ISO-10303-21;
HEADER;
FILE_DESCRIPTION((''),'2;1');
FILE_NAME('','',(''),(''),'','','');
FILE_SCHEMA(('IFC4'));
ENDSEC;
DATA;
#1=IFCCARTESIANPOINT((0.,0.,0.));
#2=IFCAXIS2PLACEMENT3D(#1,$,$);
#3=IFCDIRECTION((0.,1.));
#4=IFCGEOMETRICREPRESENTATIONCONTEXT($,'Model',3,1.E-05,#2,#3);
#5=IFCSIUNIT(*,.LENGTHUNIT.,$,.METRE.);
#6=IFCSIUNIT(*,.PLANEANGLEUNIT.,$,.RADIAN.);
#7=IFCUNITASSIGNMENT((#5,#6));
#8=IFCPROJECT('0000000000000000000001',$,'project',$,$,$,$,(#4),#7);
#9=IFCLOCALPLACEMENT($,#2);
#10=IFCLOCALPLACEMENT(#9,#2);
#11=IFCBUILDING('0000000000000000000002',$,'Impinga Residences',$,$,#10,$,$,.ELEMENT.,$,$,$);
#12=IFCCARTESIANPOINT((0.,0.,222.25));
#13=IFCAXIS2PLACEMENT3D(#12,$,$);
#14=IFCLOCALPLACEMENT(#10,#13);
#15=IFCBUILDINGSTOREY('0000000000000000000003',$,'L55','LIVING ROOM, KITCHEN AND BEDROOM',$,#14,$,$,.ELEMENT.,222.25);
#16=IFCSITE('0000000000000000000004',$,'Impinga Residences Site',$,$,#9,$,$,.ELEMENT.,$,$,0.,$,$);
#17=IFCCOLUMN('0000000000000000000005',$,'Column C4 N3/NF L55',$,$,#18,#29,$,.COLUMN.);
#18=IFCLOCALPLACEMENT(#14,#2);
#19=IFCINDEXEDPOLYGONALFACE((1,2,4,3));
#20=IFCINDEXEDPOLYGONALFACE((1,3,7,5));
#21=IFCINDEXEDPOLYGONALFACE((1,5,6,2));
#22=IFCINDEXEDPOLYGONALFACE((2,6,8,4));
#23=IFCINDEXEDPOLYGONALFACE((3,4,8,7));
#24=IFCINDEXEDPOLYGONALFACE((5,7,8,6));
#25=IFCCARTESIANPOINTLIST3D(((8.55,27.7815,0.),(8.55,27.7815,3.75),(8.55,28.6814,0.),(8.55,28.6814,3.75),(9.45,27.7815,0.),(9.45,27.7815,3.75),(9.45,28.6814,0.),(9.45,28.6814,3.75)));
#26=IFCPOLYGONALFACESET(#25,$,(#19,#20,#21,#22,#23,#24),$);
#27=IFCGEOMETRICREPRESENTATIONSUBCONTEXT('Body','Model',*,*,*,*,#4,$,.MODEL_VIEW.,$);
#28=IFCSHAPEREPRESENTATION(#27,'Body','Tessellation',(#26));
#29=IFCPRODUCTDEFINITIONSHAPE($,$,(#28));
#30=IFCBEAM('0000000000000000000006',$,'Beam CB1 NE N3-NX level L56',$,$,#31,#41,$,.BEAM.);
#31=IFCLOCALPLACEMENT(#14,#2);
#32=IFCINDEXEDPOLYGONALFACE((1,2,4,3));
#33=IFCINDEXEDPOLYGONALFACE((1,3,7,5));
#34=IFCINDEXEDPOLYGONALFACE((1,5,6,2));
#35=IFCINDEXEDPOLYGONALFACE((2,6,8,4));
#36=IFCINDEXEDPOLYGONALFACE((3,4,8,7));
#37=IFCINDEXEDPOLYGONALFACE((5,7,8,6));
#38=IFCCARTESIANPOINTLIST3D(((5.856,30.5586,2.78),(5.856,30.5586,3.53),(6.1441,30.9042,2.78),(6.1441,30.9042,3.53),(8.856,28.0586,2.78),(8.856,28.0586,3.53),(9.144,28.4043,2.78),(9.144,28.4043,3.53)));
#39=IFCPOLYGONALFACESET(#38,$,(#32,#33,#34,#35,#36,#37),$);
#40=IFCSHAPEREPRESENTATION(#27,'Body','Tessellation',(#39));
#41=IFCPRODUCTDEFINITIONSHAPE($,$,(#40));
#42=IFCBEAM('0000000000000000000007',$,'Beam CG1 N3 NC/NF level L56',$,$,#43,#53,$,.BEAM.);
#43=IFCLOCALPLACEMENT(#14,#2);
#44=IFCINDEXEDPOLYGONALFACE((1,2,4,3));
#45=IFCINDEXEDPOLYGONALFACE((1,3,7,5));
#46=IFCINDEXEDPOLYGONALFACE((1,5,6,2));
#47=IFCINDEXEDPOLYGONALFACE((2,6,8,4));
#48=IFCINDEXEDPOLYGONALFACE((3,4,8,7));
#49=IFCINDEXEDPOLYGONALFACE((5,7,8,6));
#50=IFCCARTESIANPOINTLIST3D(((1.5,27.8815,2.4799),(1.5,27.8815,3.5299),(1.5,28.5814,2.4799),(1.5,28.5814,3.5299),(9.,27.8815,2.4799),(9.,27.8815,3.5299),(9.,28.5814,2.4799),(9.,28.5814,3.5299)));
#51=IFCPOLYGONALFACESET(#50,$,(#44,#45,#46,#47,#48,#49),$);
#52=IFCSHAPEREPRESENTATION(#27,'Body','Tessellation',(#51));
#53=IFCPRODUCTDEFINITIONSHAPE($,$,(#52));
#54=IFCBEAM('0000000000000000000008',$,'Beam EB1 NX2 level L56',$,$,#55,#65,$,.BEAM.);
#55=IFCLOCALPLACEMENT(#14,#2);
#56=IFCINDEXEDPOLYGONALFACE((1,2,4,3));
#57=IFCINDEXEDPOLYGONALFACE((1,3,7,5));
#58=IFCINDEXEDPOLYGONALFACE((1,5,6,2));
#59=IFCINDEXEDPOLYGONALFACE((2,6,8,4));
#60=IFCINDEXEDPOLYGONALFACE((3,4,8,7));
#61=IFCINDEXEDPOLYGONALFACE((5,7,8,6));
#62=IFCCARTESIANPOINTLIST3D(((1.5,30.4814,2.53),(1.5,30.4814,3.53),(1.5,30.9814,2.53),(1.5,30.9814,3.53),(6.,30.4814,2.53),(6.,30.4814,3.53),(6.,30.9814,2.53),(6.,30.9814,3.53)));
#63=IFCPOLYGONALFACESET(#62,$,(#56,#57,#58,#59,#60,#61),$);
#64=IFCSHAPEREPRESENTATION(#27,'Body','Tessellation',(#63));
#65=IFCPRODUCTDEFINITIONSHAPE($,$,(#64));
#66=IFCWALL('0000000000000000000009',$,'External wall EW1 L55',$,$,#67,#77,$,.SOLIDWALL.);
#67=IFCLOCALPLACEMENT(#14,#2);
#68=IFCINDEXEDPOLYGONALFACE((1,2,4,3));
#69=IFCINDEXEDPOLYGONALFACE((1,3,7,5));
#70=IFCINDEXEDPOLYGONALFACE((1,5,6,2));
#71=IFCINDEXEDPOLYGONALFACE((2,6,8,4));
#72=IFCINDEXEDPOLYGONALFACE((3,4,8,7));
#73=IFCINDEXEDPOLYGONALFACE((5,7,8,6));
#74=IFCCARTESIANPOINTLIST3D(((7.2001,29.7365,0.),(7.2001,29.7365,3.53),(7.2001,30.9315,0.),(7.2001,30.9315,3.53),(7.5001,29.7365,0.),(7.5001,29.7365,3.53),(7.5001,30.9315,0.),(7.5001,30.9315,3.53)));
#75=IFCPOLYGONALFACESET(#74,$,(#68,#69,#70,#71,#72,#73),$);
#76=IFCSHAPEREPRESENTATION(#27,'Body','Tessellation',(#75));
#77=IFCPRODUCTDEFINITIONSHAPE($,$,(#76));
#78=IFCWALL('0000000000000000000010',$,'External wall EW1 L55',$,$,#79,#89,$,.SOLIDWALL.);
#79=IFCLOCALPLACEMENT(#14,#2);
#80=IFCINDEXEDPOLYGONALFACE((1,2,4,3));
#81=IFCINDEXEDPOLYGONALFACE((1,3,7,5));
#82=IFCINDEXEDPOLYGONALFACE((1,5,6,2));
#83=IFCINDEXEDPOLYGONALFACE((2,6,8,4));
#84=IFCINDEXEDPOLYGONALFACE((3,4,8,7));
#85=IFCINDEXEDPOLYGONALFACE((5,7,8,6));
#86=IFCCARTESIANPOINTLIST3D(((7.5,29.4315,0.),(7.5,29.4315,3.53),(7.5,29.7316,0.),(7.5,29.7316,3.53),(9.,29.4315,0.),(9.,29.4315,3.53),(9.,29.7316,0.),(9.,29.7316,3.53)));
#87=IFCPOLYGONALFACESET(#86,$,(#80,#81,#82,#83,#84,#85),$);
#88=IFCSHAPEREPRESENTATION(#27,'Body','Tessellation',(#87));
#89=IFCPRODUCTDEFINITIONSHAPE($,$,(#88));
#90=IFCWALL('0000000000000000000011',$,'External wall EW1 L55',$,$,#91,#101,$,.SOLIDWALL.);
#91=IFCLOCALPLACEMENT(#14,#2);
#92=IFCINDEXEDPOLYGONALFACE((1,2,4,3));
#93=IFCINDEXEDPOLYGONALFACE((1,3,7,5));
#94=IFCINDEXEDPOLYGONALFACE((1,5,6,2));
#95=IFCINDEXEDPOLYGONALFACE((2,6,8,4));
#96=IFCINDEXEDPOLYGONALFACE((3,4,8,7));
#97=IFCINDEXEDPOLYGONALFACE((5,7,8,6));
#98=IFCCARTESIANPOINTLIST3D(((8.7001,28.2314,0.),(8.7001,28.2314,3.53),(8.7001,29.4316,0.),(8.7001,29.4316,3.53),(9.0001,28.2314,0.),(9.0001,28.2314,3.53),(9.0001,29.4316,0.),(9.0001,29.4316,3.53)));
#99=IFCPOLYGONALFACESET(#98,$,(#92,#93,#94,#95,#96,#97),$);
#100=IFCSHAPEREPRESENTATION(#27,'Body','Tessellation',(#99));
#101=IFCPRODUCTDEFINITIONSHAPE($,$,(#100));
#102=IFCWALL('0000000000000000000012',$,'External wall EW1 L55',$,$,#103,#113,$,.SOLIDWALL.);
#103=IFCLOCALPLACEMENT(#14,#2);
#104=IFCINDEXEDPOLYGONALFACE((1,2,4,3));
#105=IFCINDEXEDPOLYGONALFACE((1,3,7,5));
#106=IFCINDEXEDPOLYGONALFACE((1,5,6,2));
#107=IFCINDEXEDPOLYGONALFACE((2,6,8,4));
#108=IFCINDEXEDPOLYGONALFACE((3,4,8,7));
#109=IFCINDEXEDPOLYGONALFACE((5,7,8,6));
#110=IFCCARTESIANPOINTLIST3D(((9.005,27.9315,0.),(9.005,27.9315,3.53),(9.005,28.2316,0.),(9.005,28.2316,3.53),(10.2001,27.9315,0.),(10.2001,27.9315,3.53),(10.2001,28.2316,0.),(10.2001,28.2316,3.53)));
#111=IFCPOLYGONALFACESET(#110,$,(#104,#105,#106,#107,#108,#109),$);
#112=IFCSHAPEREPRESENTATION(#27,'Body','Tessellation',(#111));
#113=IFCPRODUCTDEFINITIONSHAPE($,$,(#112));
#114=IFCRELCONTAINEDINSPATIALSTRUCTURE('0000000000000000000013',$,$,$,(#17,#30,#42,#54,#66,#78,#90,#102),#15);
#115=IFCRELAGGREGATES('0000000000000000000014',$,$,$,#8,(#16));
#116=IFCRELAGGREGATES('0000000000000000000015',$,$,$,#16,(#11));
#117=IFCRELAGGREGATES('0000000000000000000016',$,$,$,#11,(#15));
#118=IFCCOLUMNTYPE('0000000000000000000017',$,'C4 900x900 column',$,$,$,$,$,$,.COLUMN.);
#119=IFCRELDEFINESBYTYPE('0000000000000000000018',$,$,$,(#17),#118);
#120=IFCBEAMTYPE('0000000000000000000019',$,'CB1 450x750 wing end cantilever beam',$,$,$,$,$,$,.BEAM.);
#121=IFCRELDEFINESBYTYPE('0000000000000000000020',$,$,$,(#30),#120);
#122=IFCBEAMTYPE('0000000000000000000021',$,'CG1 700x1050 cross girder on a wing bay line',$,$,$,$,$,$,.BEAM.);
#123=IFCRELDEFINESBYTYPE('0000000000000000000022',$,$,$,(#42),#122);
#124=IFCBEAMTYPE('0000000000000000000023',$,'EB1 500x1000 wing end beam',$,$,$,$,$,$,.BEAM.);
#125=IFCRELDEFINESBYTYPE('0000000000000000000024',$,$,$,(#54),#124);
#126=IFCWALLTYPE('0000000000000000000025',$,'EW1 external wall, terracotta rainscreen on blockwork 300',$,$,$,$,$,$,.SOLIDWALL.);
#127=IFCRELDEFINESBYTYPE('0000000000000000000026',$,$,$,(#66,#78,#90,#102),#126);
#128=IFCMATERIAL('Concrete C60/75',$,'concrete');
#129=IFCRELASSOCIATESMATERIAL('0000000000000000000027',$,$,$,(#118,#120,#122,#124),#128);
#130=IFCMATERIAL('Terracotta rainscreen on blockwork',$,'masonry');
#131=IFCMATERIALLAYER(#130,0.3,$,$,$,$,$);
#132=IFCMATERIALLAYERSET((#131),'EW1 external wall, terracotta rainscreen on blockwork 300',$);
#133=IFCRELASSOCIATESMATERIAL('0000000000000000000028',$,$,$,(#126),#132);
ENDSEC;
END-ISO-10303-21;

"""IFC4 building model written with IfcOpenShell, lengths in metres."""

from ifc_helpers import new_model, si_unit, direction, frame, frame_2d, origin, origin_2d, place, context, subcontext, project, spatial, rectangle, extrude, material, layer, layer_set, material_profile, profile_set, type_object, element, save


model = new_model("IFC4")

# Units and contexts
model_context = context("Model", 3, precision=1e-05, world=origin(), true_north=direction((0.0, 1.0)))
body_context = subcontext(model_context, "Body", "Model", "MODEL_VIEW")
ifc_project = project(units=[si_unit("LENGTHUNIT", "METRE"), si_unit("PLANEANGLEUNIT", "RADIAN")], contexts=[model_context])

# Site, building, storey
site_placement = place(None, origin())
site = spatial("IfcSite", under=ifc_project, at=site_placement, Name="Impinga Residences Site", CompositionType="ELEMENT", RefElevation=0.0)
building_placement = place(site_placement, origin())
building = spatial("IfcBuilding", under=site, at=building_placement, Name="Impinga Residences", CompositionType="ELEMENT")
storey_placement = place(building_placement, frame((0.0, 0.0, 222.25)))
storey = spatial("IfcBuildingStorey", under=building, at=storey_placement, Name="L55", Description="LIVING ROOM, KITCHEN AND BEDROOM", CompositionType="ELEMENT", Elevation=222.25)

# Column
ifc_material_1 = material(Name="Concrete C60/75", Category="concrete")
ifc_material_profile_1 = material_profile(ifc_material_1, rectangle(XDim=0.8999, YDim=0.8999, at=origin_2d()), Name="RC 900x900")
ifc_profile_set_1 = profile_set([ifc_material_profile_1], Name="Concrete C60/75")
column_type = type_object("IfcColumnType", Name="C4 900x900 column", PredefinedType="COLUMN", material=ifc_profile_set_1)
column_placement = place(storey_placement, frame((9.0, 28.2314, 0.0), z_axis=(0.0, 0.0, 1.0), x_axis=(1.0, 0.0, 0.0)))
element("IfcColumn", 1, at=column_placement, inside=storey, type_object=column_type, Name="Column C4 N3/NF L55", PredefinedType="COLUMN", context=body_context, shape_type="SweptSolid", body=[
    extrude(rectangle(XDim=0.8999, YDim=0.8999, at=origin_2d()), origin(), (0.0, 0.0, 1.0), 3.75),
])

# Beams
ifc_material_profile_2 = material_profile(ifc_material_1, rectangle(XDim=0.45, YDim=0.75, at=origin_2d()), Name="RC 450x750")
ifc_profile_set_2 = profile_set([ifc_material_profile_2], Name="Concrete C60/75")
beam_type_1 = type_object("IfcBeamType", Name="CB1 450x750 wing end cantilever beam", PredefinedType="BEAM", material=ifc_profile_set_2)
beam_1_placement = place(storey_placement, frame((9.0, 28.2314, 3.155), z_axis=(-0.768221, 0.640184, 0.0), x_axis=(-0.640184, -0.768221, 0.0)))
element("IfcBeam", 2, at=beam_1_placement, inside=storey, type_object=beam_type_1, Name="Beam CB1 NE N3-NX level L56", PredefinedType="BEAM", context=body_context, shape_type="SweptSolid", body=[
    extrude(rectangle(XDim=0.45, YDim=0.75, at=origin_2d()), origin(), (0.0, 0.0, 1.0), 3.905),
])
ifc_material_profile_3 = material_profile(ifc_material_1, rectangle(XDim=0.7, YDim=1.05, at=origin_2d()), Name="RC 700x1050")
ifc_profile_set_3 = profile_set([ifc_material_profile_3], Name="Concrete C60/75")
beam_type_2 = type_object("IfcBeamType", Name="CG1 700x1050 cross girder on a wing bay line", PredefinedType="BEAM", material=ifc_profile_set_3)
beam_2_placement = place(storey_placement, frame((1.5, 28.2314, 3.0049), z_axis=(1.0, 0.0, 0.0), x_axis=(0.0, 1.0, 0.0)))
element("IfcBeam", 3, at=beam_2_placement, inside=storey, type_object=beam_type_2, Name="Beam CG1 N3 NC/NF level L56", PredefinedType="BEAM", context=body_context, shape_type="SweptSolid", body=[
    extrude(rectangle(XDim=0.7, YDim=1.05, at=origin_2d()), origin(), (0.0, 0.0, 1.0), 7.5),
])
ifc_material_profile_4 = material_profile(ifc_material_1, rectangle(XDim=0.5, YDim=1.0, at=origin_2d()), Name="RC 500x1000")
ifc_profile_set_4 = profile_set([ifc_material_profile_4], Name="Concrete C60/75")
beam_type_3 = type_object("IfcBeamType", Name="EB1 500x1000 wing end beam", PredefinedType="BEAM", material=ifc_profile_set_4)
beam_3_placement = place(storey_placement, frame((1.5, 30.7314, 3.03), z_axis=(1.0, 0.0, 0.0), x_axis=(0.0, 1.0, 0.0)))
element("IfcBeam", 4, at=beam_3_placement, inside=storey, type_object=beam_type_3, Name="Beam EB1 NX2 level L56", PredefinedType="BEAM", context=body_context, shape_type="SweptSolid", body=[
    extrude(rectangle(XDim=0.5, YDim=1.0, at=origin_2d()), origin(), (0.0, 0.0, 1.0), 4.5),
])

# Walls
ifc_material_2 = material(Name="Terracotta rainscreen on blockwork", Category="masonry")
ifc_layer_1 = layer(ifc_material_2, 0.3)
ifc_layer_set_1 = layer_set([ifc_layer_1], Name="EW1 external wall, terracotta rainscreen on blockwork 300")
wall_type_1 = type_object("IfcWallType", Name="EW1 external wall, terracotta rainscreen on blockwork 300", PredefinedType="SOLIDWALL", material=ifc_layer_set_1)
wall_1_placement = place(storey_placement, frame((7.3501, 30.9316, 0.0), z_axis=(0.0, 0.0, 1.0), x_axis=(0.0, -1.0, 0.0)))
element("IfcWall", 5, at=wall_1_placement, inside=storey, type_object=wall_type_1, Name="External wall EW1 L55", PredefinedType="SOLIDWALL", context=body_context, shape_type="SweptSolid", body=[
    extrude(rectangle(XDim=1.1951, YDim=0.3, at=frame_2d((0.5977, 0.0))), origin(), (0.0, 0.0, 1.0), 3.53),
])
wall_2_placement = place(storey_placement, frame((7.5, 29.5815, 0.0), z_axis=(0.0, 0.0, 1.0), x_axis=(1.0, 0.0, 0.0)))
element("IfcWall", 6, at=wall_2_placement, inside=storey, type_object=wall_type_1, Name="External wall EW1 L55", PredefinedType="SOLIDWALL", context=body_context, shape_type="SweptSolid", body=[
    extrude(rectangle(XDim=1.5, YDim=0.3, at=frame_2d((0.75, 0.0))), origin(), (0.0, 0.0, 1.0), 3.53),
])
wall_3_placement = place(storey_placement, frame((8.8501, 29.4316, 0.0), z_axis=(0.0, 0.0, 1.0), x_axis=(0.0, -1.0, 0.0)))
element("IfcWall", 7, at=wall_3_placement, inside=storey, type_object=wall_type_1, Name="External wall EW1 L55", PredefinedType="SOLIDWALL", context=body_context, shape_type="SweptSolid", body=[
    extrude(rectangle(XDim=1.2002, YDim=0.3, at=frame_2d((0.6001, 0.0))), origin(), (0.0, 0.0, 1.0), 3.53),
])
wall_4_placement = place(storey_placement, frame((9.0049, 28.0815, 0.0), z_axis=(0.0, 0.0, 1.0), x_axis=(1.0, 0.0, 0.0)))
element("IfcWall", 8, at=wall_4_placement, inside=storey, type_object=wall_type_1, Name="External wall EW1 L55", PredefinedType="SOLIDWALL", context=body_context, shape_type="SweptSolid", body=[
    extrude(rectangle(XDim=1.1951, YDim=0.3, at=frame_2d((0.5977, 0.0))), origin(), (0.0, 0.0, 1.0), 3.53),
])

save(model, "model.ifc")
